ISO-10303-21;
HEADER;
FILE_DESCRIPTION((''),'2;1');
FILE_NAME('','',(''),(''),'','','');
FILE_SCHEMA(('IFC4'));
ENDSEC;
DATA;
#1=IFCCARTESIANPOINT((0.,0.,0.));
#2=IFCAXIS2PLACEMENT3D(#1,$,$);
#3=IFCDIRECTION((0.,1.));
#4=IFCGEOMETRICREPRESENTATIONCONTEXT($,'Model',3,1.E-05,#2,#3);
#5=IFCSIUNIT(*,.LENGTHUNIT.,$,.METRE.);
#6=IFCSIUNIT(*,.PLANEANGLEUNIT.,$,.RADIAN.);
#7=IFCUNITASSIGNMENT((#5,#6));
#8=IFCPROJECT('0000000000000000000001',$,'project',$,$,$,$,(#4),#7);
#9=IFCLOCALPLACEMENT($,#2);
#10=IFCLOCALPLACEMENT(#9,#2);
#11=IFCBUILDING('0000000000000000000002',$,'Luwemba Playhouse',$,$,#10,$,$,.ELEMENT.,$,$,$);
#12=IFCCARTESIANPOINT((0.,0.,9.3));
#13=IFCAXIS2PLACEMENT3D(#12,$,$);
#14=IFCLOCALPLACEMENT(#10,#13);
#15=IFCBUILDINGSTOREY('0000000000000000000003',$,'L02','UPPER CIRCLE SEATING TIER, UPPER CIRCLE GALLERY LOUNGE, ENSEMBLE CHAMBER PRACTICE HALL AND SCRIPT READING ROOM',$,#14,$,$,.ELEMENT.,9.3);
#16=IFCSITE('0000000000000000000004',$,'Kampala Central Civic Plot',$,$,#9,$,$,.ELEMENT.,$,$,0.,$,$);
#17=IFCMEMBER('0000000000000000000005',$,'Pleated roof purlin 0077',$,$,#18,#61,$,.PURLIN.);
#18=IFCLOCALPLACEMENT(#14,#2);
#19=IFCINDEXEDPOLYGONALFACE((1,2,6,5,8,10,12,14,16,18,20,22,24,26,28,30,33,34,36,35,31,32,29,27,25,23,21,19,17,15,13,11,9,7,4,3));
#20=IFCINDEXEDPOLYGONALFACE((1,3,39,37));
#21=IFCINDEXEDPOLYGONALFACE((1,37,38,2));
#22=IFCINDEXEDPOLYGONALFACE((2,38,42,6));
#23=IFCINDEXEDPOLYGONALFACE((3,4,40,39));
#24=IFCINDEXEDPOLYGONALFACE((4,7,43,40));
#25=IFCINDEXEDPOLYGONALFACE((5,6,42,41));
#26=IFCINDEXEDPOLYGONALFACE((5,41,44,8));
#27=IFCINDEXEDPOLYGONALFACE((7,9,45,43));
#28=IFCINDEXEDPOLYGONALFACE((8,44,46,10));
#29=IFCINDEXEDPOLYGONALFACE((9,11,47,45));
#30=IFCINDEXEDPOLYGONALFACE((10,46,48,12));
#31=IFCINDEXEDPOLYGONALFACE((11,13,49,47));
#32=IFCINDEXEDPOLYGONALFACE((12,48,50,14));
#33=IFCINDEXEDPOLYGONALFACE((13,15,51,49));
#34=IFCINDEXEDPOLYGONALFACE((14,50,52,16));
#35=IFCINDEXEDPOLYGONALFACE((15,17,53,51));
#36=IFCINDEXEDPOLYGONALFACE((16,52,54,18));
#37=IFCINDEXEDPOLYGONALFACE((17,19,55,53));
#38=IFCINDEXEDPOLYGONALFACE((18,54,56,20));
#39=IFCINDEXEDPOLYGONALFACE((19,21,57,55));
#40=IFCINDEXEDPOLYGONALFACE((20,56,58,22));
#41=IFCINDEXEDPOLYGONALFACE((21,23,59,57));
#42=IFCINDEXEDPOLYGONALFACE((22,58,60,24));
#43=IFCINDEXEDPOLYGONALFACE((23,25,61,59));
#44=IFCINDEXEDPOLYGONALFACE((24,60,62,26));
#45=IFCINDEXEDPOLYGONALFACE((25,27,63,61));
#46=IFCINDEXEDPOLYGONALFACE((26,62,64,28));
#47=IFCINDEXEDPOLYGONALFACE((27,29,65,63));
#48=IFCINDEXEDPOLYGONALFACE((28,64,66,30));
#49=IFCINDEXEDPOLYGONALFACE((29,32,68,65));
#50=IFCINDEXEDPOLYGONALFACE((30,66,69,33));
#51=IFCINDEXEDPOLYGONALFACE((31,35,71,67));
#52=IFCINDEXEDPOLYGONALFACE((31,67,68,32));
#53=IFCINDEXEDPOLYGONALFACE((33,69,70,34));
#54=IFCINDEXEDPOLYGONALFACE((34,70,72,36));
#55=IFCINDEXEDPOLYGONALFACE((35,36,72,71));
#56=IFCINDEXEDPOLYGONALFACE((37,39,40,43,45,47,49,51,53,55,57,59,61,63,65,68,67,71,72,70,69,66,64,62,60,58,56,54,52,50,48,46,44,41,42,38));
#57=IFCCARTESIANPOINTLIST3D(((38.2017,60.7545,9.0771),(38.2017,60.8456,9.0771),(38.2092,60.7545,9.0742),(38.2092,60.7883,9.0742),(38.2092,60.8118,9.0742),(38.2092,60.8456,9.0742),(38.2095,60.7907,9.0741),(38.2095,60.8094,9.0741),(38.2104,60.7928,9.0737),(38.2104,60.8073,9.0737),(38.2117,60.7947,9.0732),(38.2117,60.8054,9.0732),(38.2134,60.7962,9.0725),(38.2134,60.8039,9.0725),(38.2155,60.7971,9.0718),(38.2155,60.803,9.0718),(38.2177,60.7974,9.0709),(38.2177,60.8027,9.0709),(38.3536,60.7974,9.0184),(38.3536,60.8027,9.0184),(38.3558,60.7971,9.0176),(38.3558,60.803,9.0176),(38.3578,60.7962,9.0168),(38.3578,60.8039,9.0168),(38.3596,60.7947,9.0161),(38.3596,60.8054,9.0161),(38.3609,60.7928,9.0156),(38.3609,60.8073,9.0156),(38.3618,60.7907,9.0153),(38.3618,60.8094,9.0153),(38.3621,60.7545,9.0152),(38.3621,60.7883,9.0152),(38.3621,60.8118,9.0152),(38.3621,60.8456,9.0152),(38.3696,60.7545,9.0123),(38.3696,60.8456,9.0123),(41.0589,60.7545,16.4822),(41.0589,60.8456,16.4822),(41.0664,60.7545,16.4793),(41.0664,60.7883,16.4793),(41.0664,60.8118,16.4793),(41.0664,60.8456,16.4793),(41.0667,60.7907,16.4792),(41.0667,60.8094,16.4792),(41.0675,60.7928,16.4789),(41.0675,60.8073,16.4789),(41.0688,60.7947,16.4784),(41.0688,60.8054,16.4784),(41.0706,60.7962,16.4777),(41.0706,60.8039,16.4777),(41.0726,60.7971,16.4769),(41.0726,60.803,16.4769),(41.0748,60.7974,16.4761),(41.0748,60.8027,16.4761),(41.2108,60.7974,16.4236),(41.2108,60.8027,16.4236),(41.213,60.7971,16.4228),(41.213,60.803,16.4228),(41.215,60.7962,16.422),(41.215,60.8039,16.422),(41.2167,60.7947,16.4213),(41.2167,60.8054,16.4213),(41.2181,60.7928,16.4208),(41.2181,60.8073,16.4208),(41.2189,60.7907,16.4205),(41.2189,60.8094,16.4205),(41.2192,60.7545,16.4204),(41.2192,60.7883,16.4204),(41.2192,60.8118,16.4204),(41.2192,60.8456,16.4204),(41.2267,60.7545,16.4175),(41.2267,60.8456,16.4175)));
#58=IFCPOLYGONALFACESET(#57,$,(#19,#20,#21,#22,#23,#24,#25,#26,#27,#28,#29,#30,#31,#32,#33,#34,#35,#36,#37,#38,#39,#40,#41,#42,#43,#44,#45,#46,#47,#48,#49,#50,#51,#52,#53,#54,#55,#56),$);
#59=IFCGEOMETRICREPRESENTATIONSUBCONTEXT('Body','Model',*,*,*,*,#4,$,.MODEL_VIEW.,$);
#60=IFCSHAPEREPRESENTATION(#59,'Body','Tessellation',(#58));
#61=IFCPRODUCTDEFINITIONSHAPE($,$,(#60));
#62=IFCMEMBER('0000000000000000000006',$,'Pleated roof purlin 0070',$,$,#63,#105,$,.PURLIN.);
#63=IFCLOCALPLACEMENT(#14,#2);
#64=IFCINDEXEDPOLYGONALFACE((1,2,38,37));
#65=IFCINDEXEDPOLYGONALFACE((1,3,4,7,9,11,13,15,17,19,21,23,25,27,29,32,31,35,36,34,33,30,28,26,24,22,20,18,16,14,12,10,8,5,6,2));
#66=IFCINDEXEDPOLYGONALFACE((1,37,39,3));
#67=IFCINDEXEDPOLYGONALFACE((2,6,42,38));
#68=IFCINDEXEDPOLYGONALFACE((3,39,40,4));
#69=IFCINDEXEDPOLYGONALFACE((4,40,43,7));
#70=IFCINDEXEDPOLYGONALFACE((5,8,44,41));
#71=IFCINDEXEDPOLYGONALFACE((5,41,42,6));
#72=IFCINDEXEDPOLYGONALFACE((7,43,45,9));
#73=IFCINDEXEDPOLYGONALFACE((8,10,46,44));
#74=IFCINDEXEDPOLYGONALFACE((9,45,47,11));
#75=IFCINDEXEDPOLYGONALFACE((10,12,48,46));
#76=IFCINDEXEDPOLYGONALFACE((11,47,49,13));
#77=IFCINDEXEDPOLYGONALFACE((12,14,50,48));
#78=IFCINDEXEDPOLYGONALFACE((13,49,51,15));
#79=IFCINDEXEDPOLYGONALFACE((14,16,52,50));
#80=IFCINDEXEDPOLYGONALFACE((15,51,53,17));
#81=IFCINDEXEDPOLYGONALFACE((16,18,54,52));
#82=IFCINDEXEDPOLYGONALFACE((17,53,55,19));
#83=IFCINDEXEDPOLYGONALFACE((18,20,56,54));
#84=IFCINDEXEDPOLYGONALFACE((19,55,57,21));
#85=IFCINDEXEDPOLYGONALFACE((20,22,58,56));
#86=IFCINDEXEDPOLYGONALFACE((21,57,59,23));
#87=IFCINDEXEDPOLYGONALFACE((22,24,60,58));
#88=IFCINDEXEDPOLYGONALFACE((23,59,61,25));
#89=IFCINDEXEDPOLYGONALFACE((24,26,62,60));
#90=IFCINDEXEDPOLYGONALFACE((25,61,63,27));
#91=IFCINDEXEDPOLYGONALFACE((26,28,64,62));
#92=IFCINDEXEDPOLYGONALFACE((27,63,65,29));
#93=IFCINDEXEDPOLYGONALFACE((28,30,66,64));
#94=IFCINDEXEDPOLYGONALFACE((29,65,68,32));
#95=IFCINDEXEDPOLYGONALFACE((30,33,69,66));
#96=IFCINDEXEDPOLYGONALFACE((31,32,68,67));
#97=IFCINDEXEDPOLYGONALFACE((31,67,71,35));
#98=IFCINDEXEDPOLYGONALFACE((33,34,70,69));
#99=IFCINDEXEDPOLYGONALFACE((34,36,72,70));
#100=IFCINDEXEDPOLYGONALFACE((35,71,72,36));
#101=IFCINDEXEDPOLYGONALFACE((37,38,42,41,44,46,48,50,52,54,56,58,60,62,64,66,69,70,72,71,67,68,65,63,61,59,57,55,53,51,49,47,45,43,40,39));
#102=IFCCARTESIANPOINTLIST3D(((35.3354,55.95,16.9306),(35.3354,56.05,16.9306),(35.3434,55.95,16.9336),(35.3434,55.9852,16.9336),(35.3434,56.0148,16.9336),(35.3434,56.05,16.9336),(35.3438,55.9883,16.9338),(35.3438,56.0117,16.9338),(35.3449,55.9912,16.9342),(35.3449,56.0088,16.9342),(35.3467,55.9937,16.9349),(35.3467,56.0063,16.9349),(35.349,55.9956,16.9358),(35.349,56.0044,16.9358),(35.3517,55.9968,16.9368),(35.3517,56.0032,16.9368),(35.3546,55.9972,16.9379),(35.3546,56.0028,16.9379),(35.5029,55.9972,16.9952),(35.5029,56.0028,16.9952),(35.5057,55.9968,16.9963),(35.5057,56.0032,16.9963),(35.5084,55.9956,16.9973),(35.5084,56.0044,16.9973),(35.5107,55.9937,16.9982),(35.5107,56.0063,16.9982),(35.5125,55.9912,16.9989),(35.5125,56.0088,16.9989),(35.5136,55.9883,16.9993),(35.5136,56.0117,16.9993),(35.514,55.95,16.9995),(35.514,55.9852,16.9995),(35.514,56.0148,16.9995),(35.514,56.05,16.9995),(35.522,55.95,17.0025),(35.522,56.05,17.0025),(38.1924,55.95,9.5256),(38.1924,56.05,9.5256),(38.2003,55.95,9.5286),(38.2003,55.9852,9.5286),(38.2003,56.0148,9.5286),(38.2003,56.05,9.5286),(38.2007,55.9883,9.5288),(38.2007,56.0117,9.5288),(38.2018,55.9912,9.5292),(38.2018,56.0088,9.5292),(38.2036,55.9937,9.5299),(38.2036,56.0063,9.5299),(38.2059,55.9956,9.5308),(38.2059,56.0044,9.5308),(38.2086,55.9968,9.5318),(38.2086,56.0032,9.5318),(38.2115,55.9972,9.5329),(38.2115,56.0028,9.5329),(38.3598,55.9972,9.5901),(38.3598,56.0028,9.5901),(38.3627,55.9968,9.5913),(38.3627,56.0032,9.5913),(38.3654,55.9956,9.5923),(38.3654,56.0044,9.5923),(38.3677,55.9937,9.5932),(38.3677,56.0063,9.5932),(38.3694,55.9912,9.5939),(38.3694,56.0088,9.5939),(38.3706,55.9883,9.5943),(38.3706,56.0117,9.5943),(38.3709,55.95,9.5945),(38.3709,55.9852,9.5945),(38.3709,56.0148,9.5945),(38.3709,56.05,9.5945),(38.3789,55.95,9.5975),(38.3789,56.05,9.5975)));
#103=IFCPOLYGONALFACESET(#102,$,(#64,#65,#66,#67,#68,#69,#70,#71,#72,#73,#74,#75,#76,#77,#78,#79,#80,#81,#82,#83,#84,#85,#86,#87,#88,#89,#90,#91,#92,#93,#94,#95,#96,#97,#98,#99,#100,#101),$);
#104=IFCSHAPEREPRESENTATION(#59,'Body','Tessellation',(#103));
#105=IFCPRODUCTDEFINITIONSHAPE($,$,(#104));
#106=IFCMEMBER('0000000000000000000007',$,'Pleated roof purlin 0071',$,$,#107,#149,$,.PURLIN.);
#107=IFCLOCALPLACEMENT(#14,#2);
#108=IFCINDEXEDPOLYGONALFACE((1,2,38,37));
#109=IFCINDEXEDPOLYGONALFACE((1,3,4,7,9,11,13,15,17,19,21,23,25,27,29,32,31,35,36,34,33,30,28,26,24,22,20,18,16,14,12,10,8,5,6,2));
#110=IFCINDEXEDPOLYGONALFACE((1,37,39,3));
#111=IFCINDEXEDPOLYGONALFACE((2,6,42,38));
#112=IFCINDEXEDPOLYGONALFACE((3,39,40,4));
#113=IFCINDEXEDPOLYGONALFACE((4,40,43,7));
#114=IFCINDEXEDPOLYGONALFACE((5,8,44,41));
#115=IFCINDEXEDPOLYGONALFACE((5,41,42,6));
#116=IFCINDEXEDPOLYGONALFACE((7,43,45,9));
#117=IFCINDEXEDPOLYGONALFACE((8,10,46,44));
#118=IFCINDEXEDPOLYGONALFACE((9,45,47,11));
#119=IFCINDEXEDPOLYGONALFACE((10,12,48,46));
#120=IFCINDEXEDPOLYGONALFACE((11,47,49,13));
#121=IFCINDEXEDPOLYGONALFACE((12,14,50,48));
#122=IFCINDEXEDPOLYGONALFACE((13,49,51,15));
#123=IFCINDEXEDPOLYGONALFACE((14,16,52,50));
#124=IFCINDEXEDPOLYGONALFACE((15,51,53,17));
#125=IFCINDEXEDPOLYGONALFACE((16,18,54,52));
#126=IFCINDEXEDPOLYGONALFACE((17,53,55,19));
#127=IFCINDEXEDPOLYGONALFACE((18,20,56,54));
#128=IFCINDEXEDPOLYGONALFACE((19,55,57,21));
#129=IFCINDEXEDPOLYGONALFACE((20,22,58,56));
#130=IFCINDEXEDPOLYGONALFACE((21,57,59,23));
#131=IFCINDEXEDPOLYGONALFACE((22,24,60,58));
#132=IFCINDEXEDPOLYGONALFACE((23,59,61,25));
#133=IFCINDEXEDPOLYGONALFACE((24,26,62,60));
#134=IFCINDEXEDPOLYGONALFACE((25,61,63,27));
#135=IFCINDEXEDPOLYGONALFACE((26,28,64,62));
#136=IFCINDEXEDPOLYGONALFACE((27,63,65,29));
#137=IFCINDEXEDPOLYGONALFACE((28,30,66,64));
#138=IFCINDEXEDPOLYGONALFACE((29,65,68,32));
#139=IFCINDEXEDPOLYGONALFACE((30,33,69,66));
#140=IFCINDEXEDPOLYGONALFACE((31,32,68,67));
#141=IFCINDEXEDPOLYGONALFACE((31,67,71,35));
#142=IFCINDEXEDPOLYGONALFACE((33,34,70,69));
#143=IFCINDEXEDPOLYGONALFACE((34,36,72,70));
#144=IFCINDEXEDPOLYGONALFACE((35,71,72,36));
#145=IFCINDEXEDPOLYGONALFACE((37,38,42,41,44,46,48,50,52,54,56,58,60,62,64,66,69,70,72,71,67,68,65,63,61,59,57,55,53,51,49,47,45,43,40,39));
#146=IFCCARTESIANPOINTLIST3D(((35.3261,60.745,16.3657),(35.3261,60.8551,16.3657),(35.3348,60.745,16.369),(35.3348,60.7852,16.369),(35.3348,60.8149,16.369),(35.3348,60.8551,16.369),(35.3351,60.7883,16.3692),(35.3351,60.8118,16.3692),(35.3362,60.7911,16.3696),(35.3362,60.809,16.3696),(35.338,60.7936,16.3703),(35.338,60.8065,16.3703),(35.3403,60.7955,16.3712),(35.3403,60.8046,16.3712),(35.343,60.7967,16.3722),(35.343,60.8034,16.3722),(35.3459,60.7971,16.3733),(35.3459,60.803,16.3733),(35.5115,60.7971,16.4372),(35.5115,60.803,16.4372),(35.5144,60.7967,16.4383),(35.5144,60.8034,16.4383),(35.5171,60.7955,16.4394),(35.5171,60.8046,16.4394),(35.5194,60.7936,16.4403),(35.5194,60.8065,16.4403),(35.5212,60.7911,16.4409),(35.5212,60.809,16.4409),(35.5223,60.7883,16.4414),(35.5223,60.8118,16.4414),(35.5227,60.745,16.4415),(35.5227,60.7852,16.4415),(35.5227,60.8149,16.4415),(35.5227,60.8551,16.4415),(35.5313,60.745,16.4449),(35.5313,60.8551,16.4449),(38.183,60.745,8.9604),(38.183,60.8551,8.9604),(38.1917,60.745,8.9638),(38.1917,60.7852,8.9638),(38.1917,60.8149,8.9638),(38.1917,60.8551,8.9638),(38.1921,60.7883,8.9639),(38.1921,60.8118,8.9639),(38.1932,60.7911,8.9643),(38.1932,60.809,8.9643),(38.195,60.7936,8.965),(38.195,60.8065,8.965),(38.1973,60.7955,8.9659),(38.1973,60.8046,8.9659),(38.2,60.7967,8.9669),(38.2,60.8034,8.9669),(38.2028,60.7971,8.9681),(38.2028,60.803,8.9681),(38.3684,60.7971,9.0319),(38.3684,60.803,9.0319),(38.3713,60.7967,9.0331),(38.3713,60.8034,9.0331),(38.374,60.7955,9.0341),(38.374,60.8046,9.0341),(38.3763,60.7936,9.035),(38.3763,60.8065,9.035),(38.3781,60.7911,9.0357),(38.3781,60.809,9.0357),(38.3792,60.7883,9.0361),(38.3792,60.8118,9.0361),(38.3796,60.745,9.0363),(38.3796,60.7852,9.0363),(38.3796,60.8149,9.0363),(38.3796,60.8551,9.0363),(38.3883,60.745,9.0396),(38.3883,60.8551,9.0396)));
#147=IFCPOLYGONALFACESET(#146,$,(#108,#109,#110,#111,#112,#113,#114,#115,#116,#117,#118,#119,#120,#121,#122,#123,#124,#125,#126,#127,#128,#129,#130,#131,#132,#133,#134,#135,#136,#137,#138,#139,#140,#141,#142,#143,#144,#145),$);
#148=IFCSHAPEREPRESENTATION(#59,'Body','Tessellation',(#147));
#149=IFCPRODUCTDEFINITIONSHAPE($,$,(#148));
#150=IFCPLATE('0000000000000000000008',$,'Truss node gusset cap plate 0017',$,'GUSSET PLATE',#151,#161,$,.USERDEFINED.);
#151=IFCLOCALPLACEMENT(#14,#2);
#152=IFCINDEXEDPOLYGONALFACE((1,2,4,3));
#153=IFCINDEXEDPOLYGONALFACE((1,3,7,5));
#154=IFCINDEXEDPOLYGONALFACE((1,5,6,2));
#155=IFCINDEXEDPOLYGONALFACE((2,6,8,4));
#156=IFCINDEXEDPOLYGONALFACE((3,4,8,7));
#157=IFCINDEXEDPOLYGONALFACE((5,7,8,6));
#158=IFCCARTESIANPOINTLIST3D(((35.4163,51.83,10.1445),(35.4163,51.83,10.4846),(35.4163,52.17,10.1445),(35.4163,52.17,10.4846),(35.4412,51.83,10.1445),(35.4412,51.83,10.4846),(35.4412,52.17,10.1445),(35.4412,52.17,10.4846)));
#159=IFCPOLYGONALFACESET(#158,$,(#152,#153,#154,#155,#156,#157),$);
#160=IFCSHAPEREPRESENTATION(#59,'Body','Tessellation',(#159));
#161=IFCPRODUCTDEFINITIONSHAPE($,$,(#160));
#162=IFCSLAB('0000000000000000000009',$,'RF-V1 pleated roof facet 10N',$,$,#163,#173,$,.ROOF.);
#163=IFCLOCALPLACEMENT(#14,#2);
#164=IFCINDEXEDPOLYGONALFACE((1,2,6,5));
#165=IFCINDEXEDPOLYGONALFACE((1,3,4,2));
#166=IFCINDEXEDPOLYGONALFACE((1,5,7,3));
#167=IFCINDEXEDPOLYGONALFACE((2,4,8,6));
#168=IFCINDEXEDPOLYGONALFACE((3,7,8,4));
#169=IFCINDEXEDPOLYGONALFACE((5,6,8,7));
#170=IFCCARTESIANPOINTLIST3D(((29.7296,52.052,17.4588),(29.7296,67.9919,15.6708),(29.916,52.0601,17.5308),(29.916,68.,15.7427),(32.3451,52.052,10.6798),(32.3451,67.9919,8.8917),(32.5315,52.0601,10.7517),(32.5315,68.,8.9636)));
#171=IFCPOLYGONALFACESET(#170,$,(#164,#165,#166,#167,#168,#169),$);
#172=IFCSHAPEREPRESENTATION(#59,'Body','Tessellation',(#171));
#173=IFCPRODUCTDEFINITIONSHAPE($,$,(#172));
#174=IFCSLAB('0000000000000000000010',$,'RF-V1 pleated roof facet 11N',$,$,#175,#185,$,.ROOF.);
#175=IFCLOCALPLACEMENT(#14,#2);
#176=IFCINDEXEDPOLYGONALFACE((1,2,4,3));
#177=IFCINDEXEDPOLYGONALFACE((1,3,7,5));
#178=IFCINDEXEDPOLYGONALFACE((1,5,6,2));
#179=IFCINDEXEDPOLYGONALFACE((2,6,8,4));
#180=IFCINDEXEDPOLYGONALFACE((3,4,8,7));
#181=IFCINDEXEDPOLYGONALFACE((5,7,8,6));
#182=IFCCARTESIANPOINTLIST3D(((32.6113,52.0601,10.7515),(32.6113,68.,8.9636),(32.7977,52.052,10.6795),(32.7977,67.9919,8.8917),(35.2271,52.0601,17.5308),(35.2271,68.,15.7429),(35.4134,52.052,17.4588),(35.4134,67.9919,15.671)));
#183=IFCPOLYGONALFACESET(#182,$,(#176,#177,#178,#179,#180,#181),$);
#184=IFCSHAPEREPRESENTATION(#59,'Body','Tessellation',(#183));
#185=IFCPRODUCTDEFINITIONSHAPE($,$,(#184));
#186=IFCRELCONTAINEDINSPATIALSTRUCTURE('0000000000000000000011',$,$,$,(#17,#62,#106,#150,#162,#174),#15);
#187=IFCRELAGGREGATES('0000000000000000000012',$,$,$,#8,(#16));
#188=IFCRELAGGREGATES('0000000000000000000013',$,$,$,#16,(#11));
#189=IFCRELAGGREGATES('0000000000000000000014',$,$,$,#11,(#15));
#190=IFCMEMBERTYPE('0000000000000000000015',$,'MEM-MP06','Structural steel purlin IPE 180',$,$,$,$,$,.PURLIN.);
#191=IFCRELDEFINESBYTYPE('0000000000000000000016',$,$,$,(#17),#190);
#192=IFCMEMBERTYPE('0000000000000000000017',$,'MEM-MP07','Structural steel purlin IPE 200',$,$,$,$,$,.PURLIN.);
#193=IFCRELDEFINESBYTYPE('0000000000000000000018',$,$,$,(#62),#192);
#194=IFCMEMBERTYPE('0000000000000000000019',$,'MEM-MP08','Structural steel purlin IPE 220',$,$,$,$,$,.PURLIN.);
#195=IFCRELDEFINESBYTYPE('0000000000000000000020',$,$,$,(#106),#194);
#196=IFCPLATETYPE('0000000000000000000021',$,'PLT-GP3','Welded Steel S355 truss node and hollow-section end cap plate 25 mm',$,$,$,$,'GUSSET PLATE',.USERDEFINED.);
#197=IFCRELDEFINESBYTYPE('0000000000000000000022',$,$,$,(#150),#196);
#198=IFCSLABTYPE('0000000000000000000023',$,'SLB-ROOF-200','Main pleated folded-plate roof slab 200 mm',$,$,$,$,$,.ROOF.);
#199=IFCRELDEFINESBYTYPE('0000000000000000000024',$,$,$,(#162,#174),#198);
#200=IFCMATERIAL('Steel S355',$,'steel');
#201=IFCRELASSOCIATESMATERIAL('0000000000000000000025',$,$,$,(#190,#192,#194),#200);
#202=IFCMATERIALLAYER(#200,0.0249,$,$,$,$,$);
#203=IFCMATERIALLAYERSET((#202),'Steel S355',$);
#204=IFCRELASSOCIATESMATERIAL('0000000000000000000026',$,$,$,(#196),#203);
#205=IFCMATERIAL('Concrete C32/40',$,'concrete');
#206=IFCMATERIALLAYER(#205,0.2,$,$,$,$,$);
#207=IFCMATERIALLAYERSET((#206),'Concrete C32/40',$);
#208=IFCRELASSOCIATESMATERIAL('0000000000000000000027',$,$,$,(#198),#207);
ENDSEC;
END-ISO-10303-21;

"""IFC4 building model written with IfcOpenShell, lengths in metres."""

from ifc_helpers import new_model, si_unit, direction, frame, origin, origin_2d, place, context, subcontext, project, spatial, polyline, rectangle, i_section, outline, extrude, material, layer, layer_set, material_profile, profile_set, type_object, element, save


model = new_model("IFC4")

# Units and contexts
model_context = context("Model", 3, precision=1e-05, world=origin(), true_north=direction((0.0, 1.0)))
body_context = subcontext(model_context, "Body", "Model", "MODEL_VIEW")
ifc_project = project(units=[si_unit("LENGTHUNIT", "METRE"), si_unit("PLANEANGLEUNIT", "RADIAN")], contexts=[model_context])

# Site, building, storey
site_placement = place(None, origin())
site = spatial("IfcSite", under=ifc_project, at=site_placement, Name="Kampala Central Civic Plot", CompositionType="ELEMENT", RefElevation=0.0)
building_placement = place(site_placement, origin())
building = spatial("IfcBuilding", under=site, at=building_placement, Name="Luwemba Playhouse", CompositionType="ELEMENT")
storey_placement = place(building_placement, frame((0.0, 0.0, 9.3)))
storey = spatial("IfcBuildingStorey", under=building, at=storey_placement, Name="L02", Description="UPPER CIRCLE SEATING TIER, UPPER CIRCLE GALLERY LOUNGE, ENSEMBLE CHAMBER PRACTICE HALL AND SCRIPT READING ROOM", CompositionType="ELEMENT", Elevation=9.3)

# Shared definitions
ifc_material_1 = material(Name="Steel S355", Category="steel")

# Members
ifc_material_profile_1 = material_profile(ifc_material_1, i_section(OverallWidth=0.0911, OverallDepth=0.1799, WebThickness=0.0054, FlangeThickness=0.0081, FilletRadius=0.009, at=origin_2d()))
ifc_profile_set_1 = profile_set([ifc_material_profile_1], Name="Steel S355")
member_type_1 = type_object("IfcMemberType", Name="MEM-MP06", Description="Structural steel purlin IPE 180", PredefinedType="PURLIN", material=ifc_profile_set_1)
member_1_placement = place(storey_placement, frame((38.2856, 60.8, 9.0447), z_axis=(0.359966, 0.0, 0.932965), x_axis=(0.0, 1.0, 0.0)))
element("IfcMember", 1, at=member_1_placement, inside=storey, type_object=member_type_1, Name="Pleated roof purlin 0077", PredefinedType="PURLIN", context=body_context, shape_type="SweptSolid", body=[
    extrude(i_section(OverallWidth=0.0911, OverallDepth=0.1799, WebThickness=0.0054, FlangeThickness=0.0081, FilletRadius=0.009, at=origin_2d()), origin(), (0.0, 0.0, 1.0), 7.9373),
])
ifc_material_profile_2 = material_profile(ifc_material_1, i_section(OverallWidth=0.1001, OverallDepth=0.2, WebThickness=0.0056, FlangeThickness=0.0085, FilletRadius=0.012, at=origin_2d()))
ifc_profile_set_2 = profile_set([ifc_material_profile_2], Name="Steel S355")
member_type_2 = type_object("IfcMemberType", Name="MEM-MP07", Description="Structural steel purlin IPE 200", PredefinedType="PURLIN", material=ifc_profile_set_2)
member_2_placement = place(storey_placement, frame((35.4287, 56.0, 16.9666), z_axis=(0.35995, 0.0, -0.932972), x_axis=(0.0, 1.0, 0.0)))
element("IfcMember", 2, at=member_2_placement, inside=storey, type_object=member_type_2, Name="Pleated roof purlin 0070", PredefinedType="PURLIN", context=body_context, shape_type="SweptSolid", body=[
    extrude(i_section(OverallWidth=0.1001, OverallDepth=0.2, WebThickness=0.0056, FlangeThickness=0.0085, FilletRadius=0.012, at=origin_2d()), origin(), (0.0, 0.0, 1.0), 7.937),
])
ifc_material_profile_3 = material_profile(ifc_material_1, i_section(OverallWidth=0.1101, OverallDepth=0.22, WebThickness=0.0059, FlangeThickness=0.0093, FilletRadius=0.012, at=origin_2d()))
ifc_profile_set_3 = profile_set([ifc_material_profile_3], Name="Steel S355")
member_type_3 = type_object("IfcMemberType", Name="MEM-MP08", Description="Structural steel purlin IPE 220", PredefinedType="PURLIN", material=ifc_profile_set_3)
member_3_placement = place(storey_placement, frame((35.4287, 60.8, 16.4053), z_axis=(0.359939, 0.0, -0.932976), x_axis=(0.0, 1.0, 0.0)))
element("IfcMember", 3, at=member_3_placement, inside=storey, type_object=member_type_3, Name="Pleated roof purlin 0071", PredefinedType="PURLIN", context=body_context, shape_type="SweptSolid", body=[
    extrude(i_section(OverallWidth=0.1101, OverallDepth=0.22, WebThickness=0.0059, FlangeThickness=0.0093, FilletRadius=0.012, at=origin_2d()), origin(), (0.0, 0.0, 1.0), 7.9373),
])

# Plate
ifc_layer_1 = layer(ifc_material_1, 0.0249)
ifc_layer_set_1 = layer_set([ifc_layer_1], Name="Steel S355")
plate_type = type_object("IfcPlateType", Name="PLT-GP3", Description="Welded Steel S355 truss node and hollow-section end cap plate 25 mm", ElementType="GUSSET PLATE", PredefinedType="USERDEFINED", material=ifc_layer_set_1)
plate_placement = place(storey_placement, frame((35.4287, 52.0, 10.1445), z_axis=(0.0, 0.0, 1.0), x_axis=(1.0, 0.0, 0.0)))
element("IfcPlate", 4, at=plate_placement, inside=storey, type_object=plate_type, Name="Truss node gusset cap plate 0017", ObjectType="GUSSET PLATE", PredefinedType="USERDEFINED", context=body_context, shape_type="SweptSolid", body=[
    extrude(rectangle(XDim=0.0249, YDim=0.3401, at=origin_2d()), origin(), (0.0, 0.0, 1.0), 0.3401),
])

# Slabs
ifc_material_2 = material(Name="Concrete C32/40", Category="concrete")
ifc_layer_2 = layer(ifc_material_2, 0.2)
ifc_layer_set_2 = layer_set([ifc_layer_2], Name="Concrete C32/40")
slab_type = type_object("IfcSlabType", Name="SLB-ROOF-200", Description="Main pleated folded-plate roof slab 200 mm", PredefinedType="ROOF", material=ifc_layer_set_2)
slab_1_placement = place(storey_placement, frame((29.916, 52.0601, 17.5308), z_axis=(0.93221, 0.040346, 0.359663), x_axis=(0.359956, 0.0, -0.932969)))
element("IfcSlab", 5, at=slab_1_placement, inside=storey, type_object=slab_type, Name="RF-V1 pleated roof facet 10N", PredefinedType="ROOF", context=body_context, shape_type="SweptSolid", body=[
    extrude(outline(polyline([(0.0, 0.0), (7.2661, 0.0), (8.9343, 15.9529), (1.6682, 15.9529), (0.0, 0.0)])), origin(), (0.0, 0.0, -1.0), 0.2),
])
slab_2_placement = place(storey_placement, frame((32.6113, 52.0601, 10.7515), z_axis=(-0.932203, 0.040342, 0.359681), x_axis=(0.359974, 0.0, 0.932962)))
element("IfcSlab", 6, at=slab_2_placement, inside=storey, type_object=slab_type, Name="RF-V1 pleated roof facet 11N", PredefinedType="ROOF", context=body_context, shape_type="SweptSolid", body=[
    extrude(outline(polyline([(0.0, 0.0), (7.2664, 0.0), (5.5984, 15.9529), (-1.668, 15.9529), (0.0, 0.0)])), origin(), (0.0, 0.0, -1.0), 0.2),
])

save(model, "model.ifc")
